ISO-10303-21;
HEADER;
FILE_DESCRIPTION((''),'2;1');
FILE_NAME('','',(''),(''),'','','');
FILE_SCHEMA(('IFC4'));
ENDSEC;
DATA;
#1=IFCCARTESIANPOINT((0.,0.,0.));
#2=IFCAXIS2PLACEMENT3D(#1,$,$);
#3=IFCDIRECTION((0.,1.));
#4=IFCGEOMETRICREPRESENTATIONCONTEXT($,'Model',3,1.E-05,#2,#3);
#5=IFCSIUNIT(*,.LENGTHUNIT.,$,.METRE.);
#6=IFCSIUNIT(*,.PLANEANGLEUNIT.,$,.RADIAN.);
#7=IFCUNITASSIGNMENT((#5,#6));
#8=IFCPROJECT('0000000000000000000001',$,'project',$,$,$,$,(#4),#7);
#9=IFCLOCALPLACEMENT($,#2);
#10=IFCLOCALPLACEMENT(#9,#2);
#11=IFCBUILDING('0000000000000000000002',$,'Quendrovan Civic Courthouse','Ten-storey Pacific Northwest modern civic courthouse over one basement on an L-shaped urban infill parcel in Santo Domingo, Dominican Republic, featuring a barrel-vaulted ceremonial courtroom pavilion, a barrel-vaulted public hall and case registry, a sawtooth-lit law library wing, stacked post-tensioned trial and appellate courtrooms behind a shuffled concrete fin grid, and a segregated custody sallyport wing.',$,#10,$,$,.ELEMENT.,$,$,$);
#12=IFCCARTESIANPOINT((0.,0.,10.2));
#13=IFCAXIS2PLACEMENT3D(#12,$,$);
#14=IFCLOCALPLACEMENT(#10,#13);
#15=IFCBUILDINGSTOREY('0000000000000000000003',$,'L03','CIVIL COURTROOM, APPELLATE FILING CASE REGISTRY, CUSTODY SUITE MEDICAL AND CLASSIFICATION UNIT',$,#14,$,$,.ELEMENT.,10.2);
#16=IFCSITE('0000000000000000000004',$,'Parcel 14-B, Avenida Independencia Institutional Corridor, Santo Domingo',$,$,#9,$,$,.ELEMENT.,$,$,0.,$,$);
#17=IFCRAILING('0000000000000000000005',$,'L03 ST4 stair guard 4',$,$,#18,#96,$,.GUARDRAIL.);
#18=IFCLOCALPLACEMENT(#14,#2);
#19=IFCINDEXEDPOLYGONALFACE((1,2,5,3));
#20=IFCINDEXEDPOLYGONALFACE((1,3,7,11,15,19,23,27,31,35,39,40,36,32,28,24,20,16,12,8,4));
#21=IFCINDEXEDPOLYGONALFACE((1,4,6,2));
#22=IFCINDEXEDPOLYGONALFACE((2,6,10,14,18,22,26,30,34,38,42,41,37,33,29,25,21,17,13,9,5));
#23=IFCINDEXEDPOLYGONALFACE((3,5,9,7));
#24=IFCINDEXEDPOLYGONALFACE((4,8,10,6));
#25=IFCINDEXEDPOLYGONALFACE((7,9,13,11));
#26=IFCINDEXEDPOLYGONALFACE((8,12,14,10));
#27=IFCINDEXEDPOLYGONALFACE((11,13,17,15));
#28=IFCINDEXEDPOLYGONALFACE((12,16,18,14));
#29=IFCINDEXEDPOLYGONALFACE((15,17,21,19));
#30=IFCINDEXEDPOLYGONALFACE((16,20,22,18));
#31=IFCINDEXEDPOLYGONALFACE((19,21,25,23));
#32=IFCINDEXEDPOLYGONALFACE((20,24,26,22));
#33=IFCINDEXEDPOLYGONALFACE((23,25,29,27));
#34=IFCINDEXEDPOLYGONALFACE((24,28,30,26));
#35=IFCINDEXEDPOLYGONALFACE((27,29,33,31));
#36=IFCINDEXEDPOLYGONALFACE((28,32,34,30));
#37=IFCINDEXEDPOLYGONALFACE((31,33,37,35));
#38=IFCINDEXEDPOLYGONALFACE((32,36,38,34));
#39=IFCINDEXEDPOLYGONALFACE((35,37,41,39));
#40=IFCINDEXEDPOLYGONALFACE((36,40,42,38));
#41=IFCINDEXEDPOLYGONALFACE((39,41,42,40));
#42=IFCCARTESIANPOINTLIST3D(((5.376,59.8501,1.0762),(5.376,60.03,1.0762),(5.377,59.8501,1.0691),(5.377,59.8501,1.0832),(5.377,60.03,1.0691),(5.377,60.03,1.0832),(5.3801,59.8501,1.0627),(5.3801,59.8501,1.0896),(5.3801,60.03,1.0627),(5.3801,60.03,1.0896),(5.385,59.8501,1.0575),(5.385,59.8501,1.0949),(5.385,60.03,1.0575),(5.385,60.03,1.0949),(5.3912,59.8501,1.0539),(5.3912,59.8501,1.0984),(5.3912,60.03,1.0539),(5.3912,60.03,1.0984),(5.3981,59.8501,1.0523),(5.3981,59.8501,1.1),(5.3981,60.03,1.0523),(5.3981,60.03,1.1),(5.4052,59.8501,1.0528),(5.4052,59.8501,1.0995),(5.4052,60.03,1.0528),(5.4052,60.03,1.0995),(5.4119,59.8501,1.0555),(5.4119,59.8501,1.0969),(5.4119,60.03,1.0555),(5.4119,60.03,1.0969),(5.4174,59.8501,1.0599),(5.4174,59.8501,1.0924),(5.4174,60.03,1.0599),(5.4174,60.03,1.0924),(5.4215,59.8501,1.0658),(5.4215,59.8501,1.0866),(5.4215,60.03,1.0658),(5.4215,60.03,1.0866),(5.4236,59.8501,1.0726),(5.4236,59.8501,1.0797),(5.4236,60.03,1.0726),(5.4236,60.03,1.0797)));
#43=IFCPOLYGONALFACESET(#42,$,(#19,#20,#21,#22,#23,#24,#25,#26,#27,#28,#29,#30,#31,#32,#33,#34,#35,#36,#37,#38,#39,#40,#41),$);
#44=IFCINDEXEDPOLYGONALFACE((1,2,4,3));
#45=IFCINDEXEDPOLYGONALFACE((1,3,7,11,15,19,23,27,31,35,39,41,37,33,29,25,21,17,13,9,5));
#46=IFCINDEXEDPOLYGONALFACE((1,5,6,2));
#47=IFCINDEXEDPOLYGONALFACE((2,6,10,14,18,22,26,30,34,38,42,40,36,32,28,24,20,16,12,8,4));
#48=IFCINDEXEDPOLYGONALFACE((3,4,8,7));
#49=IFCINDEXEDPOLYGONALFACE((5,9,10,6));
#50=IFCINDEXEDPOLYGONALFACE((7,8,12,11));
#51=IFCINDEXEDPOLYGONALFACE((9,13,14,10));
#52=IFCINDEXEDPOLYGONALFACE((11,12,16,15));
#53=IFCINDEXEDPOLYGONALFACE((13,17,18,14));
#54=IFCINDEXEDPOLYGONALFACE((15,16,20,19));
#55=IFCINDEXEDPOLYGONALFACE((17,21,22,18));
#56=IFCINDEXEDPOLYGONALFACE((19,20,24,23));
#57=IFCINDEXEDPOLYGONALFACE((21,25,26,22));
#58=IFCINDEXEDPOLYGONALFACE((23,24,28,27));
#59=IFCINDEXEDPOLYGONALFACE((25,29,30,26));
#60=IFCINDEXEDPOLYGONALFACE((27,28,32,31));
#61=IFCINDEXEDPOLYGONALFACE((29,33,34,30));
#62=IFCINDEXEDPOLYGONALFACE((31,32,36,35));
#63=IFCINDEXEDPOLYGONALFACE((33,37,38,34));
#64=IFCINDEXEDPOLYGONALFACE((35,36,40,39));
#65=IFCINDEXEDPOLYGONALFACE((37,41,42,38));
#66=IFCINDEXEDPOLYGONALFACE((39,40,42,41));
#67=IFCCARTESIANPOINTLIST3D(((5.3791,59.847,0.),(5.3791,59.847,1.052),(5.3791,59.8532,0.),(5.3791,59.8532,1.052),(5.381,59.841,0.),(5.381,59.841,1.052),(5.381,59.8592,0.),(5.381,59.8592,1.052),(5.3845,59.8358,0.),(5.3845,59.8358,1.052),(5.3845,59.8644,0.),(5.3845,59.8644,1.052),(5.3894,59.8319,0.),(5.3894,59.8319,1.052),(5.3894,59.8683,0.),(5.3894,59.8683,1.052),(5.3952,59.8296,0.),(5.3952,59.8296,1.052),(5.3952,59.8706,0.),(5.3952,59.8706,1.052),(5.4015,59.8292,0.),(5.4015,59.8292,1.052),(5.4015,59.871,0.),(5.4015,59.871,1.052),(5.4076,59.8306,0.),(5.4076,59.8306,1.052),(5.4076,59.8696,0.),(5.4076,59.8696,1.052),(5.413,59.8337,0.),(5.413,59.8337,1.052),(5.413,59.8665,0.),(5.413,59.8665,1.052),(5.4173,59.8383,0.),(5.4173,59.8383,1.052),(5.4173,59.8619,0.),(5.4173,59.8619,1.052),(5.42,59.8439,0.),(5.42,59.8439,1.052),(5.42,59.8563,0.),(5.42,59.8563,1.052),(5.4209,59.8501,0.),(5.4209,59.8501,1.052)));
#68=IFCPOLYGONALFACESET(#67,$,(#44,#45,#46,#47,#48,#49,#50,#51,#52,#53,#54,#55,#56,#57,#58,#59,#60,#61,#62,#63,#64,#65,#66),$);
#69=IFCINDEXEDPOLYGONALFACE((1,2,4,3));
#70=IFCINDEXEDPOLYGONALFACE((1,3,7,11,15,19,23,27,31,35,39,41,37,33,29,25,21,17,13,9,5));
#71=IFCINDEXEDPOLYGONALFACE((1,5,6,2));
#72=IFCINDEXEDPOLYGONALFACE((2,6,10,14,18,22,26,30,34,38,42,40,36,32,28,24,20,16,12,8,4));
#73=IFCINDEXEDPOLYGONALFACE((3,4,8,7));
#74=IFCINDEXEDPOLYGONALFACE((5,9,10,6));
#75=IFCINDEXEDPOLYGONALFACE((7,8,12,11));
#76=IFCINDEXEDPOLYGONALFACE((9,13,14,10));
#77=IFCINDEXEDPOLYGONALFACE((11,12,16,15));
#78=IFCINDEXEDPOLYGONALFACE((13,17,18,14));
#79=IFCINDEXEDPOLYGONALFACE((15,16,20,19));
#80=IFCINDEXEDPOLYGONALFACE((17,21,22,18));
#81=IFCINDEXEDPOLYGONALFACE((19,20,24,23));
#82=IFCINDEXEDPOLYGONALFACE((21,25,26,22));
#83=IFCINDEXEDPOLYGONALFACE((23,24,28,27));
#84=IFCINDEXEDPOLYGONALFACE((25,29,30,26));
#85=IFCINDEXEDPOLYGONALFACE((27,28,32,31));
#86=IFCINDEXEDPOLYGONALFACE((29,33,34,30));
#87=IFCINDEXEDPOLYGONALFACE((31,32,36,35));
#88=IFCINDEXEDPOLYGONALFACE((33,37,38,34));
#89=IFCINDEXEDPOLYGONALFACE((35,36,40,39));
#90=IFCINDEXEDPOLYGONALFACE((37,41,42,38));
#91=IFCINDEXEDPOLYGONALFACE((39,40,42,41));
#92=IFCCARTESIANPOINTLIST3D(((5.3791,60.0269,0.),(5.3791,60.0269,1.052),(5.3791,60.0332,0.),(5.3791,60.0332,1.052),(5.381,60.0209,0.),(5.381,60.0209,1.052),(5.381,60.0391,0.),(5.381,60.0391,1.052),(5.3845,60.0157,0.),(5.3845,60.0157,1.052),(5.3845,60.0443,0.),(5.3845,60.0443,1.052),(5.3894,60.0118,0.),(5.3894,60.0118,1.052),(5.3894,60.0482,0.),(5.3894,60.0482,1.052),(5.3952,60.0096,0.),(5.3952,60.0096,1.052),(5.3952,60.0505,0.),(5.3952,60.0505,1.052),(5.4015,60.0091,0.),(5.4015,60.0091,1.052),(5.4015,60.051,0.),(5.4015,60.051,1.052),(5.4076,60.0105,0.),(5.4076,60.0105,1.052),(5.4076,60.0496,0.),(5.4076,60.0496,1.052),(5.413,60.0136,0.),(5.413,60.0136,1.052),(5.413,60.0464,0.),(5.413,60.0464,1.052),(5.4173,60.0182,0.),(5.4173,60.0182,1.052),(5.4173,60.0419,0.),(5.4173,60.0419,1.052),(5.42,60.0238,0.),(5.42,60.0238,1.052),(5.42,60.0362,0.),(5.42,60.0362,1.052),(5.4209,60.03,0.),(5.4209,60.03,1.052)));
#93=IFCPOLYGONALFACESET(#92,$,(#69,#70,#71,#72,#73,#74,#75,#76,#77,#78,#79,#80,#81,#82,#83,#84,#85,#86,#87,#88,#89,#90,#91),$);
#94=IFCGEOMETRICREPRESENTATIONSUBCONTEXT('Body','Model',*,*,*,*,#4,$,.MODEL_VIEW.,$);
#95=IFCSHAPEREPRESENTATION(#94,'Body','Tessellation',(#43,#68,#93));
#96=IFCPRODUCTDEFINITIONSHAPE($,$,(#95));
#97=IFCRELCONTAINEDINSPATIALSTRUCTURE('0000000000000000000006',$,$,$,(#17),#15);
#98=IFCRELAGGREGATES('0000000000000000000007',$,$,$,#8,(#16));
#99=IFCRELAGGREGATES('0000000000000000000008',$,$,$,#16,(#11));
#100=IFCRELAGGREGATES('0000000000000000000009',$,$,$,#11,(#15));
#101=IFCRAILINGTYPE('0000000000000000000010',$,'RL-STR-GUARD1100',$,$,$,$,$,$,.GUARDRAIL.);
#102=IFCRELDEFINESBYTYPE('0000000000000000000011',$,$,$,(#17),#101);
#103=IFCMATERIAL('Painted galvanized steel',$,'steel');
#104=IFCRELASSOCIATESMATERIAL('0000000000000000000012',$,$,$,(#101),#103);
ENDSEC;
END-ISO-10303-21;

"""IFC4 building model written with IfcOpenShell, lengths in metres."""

from ifc_helpers import new_model, si_unit, direction, frame, origin, origin_2d, place, context, subcontext, project, spatial, circle, extrude, material, type_object, element, save


model = new_model("IFC4")

# Units and contexts
model_context = context("Model", 3, precision=1e-05, world=origin(), true_north=direction((0.0, 1.0)))
body_context = subcontext(model_context, "Body", "Model", "MODEL_VIEW")
ifc_project = project(units=[si_unit("LENGTHUNIT", "METRE"), si_unit("PLANEANGLEUNIT", "RADIAN")], contexts=[model_context])

# Site, building, storey
site_placement = place(None, origin())
site = spatial("IfcSite", under=ifc_project, at=site_placement, Name="Parcel 14-B, Avenida Independencia Institutional Corridor, Santo Domingo", CompositionType="ELEMENT", RefElevation=0.0)
building_placement = place(site_placement, origin())
building = spatial("IfcBuilding", under=site, at=building_placement, Name="Quendrovan Civic Courthouse", Description="Ten-storey Pacific Northwest modern civic courthouse over one basement on an L-shaped urban infill parcel in Santo Domingo, Dominican Republic, featuring a barrel-vaulted ceremonial courtroom pavilion, a barrel-vaulted public hall and case registry, a sawtooth-lit law library wing, stacked post-tensioned trial and appellate courtrooms behind a shuffled concrete fin grid, and a segregated custody sallyport wing.", CompositionType="ELEMENT")
storey_placement = place(building_placement, frame((0.0, 0.0, 10.2)))
storey = spatial("IfcBuildingStorey", under=building, at=storey_placement, Name="L03", Description="CIVIL COURTROOM, APPELLATE FILING CASE REGISTRY, CUSTODY SUITE MEDICAL AND CLASSIFICATION UNIT", CompositionType="ELEMENT", Elevation=10.2)

# Railing
ifc_material_1 = material(Name="Painted galvanized steel", Category="steel")
railing_type_1 = type_object("IfcRailingType", Name="RL-STR-GUARD1100", PredefinedType="GUARDRAIL", material=ifc_material_1)
railing_1_placement = place(storey_placement, frame((5.3999, 59.8501, 0.0)))
element("IfcRailing", 1, at=railing_1_placement, inside=storey, type_object=railing_type_1, Name="L03 ST4 stair guard 4", PredefinedType="GUARDRAIL", context=body_context, shape_type="SweptSolid", body=[
    extrude(circle(Radius=0.0239, at=origin_2d()), frame((0.0, 0.0, 1.0762), z_axis=(0.0, 1.0, 0.0), x_axis=(-1.0, 0.0, 0.0)), (0.0, 0.0, 1.0), 0.1799),
    extrude(circle(Radius=0.021, at=origin_2d()), origin(), (0.0, 0.0, 1.0), 1.052),
    extrude(circle(Radius=0.021, at=origin_2d()), frame((0.0, 0.1799, 0.0)), (0.0, 0.0, 1.0), 1.052),
])

save(model, "model.ifc")
